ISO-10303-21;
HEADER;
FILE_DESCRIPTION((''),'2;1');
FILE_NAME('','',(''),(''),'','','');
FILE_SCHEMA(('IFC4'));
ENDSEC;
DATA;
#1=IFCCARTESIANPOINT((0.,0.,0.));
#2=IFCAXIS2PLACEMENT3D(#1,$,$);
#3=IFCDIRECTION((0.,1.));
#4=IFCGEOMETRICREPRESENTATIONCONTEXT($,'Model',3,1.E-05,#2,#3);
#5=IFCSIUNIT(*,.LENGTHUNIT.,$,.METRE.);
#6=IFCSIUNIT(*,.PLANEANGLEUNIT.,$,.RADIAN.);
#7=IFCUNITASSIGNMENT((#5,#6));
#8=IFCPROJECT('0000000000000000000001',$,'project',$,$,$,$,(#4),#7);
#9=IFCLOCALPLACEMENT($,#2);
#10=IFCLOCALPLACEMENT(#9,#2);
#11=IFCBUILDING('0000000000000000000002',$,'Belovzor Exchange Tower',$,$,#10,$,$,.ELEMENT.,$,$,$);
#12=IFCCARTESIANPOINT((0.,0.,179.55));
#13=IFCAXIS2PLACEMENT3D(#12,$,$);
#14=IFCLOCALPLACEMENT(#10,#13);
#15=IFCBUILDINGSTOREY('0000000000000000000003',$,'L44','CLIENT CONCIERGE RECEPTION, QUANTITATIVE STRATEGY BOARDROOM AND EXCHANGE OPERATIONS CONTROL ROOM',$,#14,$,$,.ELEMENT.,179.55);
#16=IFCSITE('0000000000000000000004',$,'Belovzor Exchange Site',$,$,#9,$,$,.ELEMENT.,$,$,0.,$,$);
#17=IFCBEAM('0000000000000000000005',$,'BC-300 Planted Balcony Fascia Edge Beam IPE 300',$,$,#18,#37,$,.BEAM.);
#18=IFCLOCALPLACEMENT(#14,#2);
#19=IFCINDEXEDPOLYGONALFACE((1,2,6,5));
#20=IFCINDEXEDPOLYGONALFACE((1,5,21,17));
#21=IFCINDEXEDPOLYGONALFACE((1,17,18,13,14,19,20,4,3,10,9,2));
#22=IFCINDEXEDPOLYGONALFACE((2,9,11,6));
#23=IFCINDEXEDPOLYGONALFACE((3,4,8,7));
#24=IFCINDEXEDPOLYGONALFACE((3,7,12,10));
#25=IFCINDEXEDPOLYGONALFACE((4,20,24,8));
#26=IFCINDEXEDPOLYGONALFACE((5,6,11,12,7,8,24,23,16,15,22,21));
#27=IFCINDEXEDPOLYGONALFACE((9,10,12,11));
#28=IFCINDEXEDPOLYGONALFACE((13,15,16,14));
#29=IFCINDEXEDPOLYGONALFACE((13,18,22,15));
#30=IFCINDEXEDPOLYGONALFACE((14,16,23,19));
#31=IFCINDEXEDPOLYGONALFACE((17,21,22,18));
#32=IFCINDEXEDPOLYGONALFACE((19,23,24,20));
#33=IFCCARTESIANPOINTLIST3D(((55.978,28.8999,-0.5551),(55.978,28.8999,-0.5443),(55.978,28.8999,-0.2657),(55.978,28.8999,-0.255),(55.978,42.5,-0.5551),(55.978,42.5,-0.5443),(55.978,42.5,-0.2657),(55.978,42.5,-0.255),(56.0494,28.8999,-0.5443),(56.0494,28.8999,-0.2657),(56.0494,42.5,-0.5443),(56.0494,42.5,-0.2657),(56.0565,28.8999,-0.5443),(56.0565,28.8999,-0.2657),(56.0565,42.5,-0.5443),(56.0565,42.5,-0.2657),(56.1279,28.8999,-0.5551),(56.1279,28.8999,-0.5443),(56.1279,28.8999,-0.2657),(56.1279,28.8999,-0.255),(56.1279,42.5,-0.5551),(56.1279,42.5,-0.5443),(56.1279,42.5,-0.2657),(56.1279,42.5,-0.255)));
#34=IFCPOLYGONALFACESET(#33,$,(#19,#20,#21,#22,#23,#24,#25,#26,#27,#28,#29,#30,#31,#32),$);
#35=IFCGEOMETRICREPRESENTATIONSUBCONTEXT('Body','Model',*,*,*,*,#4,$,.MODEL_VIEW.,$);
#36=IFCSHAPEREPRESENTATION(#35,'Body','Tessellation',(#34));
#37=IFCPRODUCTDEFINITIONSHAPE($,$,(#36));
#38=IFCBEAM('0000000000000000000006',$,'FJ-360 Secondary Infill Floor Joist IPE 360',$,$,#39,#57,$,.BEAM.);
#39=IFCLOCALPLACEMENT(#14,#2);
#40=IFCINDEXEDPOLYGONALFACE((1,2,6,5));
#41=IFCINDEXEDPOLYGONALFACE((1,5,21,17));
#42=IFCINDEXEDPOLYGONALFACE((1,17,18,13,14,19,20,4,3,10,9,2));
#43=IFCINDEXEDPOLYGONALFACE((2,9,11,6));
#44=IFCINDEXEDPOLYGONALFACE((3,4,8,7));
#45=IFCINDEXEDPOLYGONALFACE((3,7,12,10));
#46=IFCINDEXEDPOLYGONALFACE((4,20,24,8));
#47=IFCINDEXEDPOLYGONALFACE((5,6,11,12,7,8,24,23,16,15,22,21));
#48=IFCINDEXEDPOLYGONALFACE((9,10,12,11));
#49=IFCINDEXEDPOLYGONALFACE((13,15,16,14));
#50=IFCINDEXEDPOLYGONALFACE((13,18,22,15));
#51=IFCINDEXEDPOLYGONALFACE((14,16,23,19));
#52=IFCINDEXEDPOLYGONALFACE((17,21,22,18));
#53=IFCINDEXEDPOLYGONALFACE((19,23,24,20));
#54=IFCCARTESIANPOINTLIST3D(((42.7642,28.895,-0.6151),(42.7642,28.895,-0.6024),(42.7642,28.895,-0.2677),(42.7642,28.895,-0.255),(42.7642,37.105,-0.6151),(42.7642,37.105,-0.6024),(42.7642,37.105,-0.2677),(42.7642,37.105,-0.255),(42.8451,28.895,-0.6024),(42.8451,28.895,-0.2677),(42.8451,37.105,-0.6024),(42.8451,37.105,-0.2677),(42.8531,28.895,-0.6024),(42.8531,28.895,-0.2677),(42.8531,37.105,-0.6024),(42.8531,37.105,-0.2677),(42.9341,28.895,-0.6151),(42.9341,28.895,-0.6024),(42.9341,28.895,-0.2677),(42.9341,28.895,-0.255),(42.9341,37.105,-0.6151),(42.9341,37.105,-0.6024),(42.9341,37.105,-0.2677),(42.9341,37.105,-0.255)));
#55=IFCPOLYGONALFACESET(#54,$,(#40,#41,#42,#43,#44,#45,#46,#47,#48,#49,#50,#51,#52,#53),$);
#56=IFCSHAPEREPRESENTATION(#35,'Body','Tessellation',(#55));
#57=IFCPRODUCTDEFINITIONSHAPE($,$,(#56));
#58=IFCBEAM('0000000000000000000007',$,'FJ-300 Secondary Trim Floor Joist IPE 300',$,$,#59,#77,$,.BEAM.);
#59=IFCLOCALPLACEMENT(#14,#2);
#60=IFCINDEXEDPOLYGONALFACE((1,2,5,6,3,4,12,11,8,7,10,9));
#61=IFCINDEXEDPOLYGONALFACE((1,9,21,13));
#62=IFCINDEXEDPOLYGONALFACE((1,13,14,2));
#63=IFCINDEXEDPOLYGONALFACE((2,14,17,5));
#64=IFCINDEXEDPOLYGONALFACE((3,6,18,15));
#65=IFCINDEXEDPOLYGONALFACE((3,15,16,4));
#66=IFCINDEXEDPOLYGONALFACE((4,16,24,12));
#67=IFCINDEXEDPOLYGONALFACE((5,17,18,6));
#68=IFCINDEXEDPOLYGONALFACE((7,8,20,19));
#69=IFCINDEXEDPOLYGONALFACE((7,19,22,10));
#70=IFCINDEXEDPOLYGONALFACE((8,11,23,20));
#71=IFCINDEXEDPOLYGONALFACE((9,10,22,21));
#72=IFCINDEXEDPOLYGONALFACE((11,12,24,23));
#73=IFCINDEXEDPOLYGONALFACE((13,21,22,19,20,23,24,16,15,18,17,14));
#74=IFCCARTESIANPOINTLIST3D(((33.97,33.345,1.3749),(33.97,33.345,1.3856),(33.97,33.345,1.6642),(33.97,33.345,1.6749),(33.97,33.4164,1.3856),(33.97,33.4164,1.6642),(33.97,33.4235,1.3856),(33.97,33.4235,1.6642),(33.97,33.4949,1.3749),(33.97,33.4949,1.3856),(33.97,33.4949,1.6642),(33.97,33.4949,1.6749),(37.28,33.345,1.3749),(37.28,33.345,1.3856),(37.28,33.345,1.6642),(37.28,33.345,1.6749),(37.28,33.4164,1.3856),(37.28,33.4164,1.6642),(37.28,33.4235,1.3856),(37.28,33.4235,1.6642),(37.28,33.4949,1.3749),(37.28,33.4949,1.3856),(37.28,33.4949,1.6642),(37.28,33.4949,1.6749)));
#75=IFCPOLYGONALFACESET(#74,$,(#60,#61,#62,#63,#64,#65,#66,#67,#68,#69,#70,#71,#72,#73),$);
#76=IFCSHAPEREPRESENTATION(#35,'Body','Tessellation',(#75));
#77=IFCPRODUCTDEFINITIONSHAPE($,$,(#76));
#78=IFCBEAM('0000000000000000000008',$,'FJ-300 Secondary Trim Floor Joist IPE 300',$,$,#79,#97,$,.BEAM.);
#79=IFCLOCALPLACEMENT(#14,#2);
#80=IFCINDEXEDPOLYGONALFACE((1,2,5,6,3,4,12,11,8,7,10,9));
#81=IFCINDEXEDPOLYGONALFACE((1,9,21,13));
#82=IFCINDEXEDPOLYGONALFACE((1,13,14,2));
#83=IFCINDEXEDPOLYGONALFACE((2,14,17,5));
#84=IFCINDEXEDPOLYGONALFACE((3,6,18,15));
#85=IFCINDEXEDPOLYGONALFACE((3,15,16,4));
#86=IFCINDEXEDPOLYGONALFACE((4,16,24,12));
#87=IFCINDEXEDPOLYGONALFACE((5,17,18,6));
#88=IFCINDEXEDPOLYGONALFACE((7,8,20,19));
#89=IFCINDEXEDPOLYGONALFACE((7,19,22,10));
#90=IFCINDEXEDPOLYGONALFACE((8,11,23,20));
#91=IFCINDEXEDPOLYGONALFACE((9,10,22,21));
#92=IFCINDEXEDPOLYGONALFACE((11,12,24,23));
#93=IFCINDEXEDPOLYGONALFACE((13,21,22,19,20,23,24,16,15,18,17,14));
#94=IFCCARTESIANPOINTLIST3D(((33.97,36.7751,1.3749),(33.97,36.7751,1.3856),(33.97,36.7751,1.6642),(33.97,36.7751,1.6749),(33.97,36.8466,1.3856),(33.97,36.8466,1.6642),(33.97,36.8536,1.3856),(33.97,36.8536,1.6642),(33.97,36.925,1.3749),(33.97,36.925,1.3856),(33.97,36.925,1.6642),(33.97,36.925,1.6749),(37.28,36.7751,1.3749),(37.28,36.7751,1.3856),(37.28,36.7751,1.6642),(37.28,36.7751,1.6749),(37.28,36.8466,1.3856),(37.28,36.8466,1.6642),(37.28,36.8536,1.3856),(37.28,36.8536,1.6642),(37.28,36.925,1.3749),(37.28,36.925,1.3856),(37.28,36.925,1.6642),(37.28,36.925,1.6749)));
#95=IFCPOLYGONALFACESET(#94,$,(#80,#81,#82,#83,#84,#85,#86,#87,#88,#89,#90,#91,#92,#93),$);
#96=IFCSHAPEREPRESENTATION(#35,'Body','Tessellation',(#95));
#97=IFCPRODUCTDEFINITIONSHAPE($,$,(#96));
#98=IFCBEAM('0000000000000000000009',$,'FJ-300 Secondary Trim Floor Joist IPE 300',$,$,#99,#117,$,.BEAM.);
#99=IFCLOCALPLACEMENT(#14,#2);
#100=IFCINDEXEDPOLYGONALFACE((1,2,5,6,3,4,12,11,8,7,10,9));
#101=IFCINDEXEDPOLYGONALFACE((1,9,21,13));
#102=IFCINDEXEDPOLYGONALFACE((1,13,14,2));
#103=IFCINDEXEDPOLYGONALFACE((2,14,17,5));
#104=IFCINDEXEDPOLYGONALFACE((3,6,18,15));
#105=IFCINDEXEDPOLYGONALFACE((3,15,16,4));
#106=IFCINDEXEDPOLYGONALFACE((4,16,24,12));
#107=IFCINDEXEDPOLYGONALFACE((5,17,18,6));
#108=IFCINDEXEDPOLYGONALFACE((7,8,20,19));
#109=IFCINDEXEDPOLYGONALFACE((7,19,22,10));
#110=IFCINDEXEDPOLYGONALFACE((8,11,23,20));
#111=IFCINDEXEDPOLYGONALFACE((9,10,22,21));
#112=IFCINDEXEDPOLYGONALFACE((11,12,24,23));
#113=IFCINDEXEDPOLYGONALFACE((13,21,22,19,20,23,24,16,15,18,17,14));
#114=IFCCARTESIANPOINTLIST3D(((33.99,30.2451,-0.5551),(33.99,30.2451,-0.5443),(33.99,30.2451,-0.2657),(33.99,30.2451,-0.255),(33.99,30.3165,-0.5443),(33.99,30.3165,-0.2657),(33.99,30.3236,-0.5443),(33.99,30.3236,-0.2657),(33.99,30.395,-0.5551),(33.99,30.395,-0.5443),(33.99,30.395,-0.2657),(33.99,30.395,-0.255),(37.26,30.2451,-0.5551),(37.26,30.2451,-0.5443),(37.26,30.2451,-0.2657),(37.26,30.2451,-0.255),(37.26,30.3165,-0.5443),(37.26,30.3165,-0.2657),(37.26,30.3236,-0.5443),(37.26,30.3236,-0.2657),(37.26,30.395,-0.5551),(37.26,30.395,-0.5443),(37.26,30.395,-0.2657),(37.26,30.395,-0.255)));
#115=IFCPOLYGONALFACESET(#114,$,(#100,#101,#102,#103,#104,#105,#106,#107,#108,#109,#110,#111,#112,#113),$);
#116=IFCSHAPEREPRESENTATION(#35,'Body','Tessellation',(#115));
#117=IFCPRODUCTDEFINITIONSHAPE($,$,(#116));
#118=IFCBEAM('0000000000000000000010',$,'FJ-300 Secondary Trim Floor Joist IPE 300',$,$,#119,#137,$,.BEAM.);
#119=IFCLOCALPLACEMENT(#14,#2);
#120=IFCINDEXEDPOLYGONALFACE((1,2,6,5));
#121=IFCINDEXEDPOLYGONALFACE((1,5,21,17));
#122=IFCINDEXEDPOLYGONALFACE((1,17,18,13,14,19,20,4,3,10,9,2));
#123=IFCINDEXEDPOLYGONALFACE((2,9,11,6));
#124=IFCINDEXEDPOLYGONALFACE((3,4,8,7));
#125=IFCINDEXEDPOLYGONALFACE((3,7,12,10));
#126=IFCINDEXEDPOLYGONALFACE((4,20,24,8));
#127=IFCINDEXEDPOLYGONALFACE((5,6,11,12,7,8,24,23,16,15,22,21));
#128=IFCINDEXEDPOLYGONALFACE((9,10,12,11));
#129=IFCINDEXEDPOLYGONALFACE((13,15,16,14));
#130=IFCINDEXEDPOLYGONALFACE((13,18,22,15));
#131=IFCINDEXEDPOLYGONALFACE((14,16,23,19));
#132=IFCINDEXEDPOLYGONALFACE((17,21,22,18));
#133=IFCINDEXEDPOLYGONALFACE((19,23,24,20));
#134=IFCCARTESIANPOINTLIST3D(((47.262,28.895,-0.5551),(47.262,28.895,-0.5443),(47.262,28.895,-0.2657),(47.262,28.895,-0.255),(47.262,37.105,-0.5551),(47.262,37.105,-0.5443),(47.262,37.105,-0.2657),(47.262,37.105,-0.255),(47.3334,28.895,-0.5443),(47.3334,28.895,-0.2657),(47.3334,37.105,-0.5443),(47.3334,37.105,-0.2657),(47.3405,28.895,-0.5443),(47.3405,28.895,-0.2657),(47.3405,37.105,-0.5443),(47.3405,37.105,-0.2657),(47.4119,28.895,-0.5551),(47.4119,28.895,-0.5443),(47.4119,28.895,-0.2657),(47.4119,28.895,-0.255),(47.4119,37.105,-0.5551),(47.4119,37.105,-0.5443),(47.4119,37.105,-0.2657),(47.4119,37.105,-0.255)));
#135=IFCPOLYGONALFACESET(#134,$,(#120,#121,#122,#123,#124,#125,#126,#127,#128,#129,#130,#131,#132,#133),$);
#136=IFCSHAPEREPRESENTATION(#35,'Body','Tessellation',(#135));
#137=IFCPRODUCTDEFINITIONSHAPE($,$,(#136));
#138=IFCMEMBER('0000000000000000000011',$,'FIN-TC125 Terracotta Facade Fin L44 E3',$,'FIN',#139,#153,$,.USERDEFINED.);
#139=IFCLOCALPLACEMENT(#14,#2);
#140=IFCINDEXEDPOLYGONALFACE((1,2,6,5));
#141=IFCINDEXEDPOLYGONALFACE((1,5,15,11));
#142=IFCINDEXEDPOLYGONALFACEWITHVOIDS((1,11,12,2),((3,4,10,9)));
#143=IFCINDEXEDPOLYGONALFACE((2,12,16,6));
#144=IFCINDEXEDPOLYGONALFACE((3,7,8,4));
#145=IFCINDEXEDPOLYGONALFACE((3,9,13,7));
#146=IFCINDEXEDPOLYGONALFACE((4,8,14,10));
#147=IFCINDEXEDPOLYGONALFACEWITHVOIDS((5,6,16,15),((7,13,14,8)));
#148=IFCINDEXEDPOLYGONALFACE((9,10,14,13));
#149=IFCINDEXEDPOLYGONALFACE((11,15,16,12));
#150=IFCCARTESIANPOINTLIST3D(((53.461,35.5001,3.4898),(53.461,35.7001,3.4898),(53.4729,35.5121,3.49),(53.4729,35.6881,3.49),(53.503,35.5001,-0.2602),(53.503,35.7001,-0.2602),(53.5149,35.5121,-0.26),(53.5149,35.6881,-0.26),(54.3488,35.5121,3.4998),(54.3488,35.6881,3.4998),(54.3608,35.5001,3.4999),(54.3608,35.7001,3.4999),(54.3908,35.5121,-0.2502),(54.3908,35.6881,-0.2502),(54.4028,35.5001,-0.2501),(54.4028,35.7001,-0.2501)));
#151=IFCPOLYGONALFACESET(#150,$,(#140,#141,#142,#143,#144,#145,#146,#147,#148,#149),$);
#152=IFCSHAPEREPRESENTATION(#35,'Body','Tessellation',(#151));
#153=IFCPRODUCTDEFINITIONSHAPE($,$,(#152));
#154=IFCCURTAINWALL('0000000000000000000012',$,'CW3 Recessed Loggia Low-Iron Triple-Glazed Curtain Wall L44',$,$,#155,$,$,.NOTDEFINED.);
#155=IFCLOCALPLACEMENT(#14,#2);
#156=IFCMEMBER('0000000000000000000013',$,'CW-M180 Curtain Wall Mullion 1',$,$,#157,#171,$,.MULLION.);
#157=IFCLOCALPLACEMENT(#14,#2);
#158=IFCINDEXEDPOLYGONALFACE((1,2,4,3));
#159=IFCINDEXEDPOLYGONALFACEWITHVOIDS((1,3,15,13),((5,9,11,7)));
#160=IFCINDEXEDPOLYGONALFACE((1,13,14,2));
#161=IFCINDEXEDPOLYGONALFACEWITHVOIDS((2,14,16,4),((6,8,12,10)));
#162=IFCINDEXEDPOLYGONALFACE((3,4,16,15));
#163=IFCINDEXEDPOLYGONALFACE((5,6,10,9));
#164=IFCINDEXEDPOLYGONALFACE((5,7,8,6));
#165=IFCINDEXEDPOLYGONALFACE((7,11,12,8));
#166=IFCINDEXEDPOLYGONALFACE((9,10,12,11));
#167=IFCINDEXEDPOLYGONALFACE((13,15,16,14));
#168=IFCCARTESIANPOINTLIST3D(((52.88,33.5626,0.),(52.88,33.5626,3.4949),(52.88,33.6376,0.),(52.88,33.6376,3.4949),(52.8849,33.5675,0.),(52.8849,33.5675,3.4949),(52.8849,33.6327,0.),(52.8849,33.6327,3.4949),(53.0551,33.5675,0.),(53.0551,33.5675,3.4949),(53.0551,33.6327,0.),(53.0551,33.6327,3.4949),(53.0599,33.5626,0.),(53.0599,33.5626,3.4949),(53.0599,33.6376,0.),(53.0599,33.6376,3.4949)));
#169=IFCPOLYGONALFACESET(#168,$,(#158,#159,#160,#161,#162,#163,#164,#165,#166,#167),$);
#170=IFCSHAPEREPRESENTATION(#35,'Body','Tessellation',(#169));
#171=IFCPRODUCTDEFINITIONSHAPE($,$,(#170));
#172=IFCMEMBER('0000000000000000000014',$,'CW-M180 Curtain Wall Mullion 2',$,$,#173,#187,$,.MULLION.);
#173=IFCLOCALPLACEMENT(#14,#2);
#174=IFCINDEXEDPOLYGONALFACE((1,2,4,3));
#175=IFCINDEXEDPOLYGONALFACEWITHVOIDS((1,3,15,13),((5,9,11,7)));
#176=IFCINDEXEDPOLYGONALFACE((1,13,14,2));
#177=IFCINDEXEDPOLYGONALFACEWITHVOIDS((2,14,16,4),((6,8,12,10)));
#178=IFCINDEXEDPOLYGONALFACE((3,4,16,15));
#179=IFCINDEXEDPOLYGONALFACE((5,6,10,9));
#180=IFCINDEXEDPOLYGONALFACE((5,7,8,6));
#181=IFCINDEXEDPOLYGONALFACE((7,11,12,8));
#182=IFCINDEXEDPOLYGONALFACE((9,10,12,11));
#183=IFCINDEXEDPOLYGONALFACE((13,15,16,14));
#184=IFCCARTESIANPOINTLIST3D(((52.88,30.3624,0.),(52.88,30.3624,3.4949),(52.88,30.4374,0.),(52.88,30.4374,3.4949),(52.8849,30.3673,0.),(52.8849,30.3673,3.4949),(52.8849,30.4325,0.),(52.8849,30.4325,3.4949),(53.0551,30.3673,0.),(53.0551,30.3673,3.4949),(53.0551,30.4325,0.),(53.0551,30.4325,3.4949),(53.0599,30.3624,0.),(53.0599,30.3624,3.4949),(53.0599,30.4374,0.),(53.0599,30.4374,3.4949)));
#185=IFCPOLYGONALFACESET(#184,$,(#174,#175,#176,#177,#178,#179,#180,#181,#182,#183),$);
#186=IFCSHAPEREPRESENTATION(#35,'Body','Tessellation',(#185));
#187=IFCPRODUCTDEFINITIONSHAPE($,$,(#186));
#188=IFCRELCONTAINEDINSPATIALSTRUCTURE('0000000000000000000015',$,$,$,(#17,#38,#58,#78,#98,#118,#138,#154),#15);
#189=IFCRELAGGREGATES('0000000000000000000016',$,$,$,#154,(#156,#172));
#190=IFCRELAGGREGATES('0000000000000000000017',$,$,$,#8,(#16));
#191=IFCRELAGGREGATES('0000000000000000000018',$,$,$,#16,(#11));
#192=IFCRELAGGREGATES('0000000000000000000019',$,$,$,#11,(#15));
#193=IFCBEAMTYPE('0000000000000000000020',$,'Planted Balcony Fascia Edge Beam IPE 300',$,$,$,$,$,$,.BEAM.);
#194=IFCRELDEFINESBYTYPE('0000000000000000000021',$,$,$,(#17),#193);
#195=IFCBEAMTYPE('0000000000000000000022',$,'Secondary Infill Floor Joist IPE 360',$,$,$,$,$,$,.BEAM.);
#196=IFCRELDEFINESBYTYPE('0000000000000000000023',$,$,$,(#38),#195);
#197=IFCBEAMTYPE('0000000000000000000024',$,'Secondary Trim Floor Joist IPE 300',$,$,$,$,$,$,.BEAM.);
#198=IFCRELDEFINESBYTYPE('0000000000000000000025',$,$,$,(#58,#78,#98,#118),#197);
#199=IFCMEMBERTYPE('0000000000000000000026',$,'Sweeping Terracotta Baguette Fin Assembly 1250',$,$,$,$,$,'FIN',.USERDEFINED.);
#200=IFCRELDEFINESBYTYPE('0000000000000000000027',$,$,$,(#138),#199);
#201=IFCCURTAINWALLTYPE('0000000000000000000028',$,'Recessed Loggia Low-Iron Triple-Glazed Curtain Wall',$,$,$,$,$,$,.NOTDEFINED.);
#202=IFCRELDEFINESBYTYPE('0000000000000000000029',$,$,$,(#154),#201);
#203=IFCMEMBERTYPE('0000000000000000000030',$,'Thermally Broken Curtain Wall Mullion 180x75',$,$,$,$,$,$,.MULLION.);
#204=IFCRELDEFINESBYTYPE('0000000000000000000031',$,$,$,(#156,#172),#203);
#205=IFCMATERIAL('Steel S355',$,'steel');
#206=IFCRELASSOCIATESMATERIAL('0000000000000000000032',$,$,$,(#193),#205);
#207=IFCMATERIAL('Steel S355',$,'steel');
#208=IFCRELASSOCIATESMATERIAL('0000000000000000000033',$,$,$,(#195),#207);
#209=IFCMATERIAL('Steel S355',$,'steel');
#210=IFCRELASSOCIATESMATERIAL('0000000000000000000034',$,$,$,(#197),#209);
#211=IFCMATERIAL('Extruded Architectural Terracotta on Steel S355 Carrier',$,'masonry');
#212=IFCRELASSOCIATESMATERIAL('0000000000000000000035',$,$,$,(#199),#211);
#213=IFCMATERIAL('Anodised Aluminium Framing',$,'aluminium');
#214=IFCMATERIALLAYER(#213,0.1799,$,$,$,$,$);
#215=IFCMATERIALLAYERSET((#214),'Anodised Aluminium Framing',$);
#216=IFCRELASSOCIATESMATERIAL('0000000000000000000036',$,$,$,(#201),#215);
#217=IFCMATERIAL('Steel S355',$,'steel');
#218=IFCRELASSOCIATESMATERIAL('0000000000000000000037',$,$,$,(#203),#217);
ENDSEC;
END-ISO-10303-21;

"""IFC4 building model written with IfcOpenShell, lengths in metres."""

from ifc_helpers import new_model, si_unit, direction, frame, origin, origin_2d, place, context, subcontext, project, spatial, hollow_rectangle, i_section, extrude, material, layer, layer_set, material_profile, profile_set, type_object, element, aggregate, save


model = new_model("IFC4")

# Units and contexts
model_context = context("Model", 3, precision=1e-05, world=origin(), true_north=direction((0.0, 1.0)))
body_context = subcontext(model_context, "Body", "Model", "MODEL_VIEW")
ifc_project = project(units=[si_unit("LENGTHUNIT", "METRE"), si_unit("PLANEANGLEUNIT", "RADIAN")], contexts=[model_context])

# Site, building, storey
site_placement = place(None, origin())
site = spatial("IfcSite", under=ifc_project, at=site_placement, Name="Belovzor Exchange Site", CompositionType="ELEMENT", RefElevation=0.0)
building_placement = place(site_placement, origin())
building = spatial("IfcBuilding", under=site, at=building_placement, Name="Belovzor Exchange Tower", CompositionType="ELEMENT")
storey_placement = place(building_placement, frame((0.0, 0.0, 179.55)))
storey = spatial("IfcBuildingStorey", under=building, at=storey_placement, Name="L44", Description="CLIENT CONCIERGE RECEPTION, QUANTITATIVE STRATEGY BOARDROOM AND EXCHANGE OPERATIONS CONTROL ROOM", CompositionType="ELEMENT", Elevation=179.55)

# Beams
ifc_material_1 = material(Name="Steel S355", Category="steel")
ifc_material_profile_1 = material_profile(ifc_material_1, i_section(OverallWidth=0.1499, OverallDepth=0.3, WebThickness=0.0071, FlangeThickness=0.0107, at=origin_2d()))
ifc_profile_set_1 = profile_set([ifc_material_profile_1], Name="Steel S355")
beam_type_1 = type_object("IfcBeamType", Name="Planted Balcony Fascia Edge Beam IPE 300", PredefinedType="BEAM", material=ifc_profile_set_1)
beam_1_placement = place(storey_placement, frame((56.053, 28.8999, -0.405), z_axis=(0.0, 1.0, 0.0), x_axis=(-1.0, 0.0, 0.0)))
element("IfcBeam", 1, at=beam_1_placement, inside=storey, type_object=beam_type_1, Name="BC-300 Planted Balcony Fascia Edge Beam IPE 300", PredefinedType="BEAM", context=body_context, shape_type="SweptSolid", body=[
    extrude(i_section(OverallWidth=0.1499, OverallDepth=0.3, WebThickness=0.0071, FlangeThickness=0.0107, at=origin_2d()), origin(), (0.0, 0.0, 1.0), 13.6001),
])
ifc_material_2 = material(Name="Steel S355", Category="steel")
ifc_material_profile_2 = material_profile(ifc_material_2, i_section(OverallWidth=0.1699, OverallDepth=0.3601, WebThickness=0.0081, FlangeThickness=0.0127, at=origin_2d()))
ifc_profile_set_2 = profile_set([ifc_material_profile_2], Name="Steel S355")
beam_type_2 = type_object("IfcBeamType", Name="Secondary Infill Floor Joist IPE 360", PredefinedType="BEAM", material=ifc_profile_set_2)
beam_2_placement = place(storey_placement, frame((42.8491, 28.895, -0.4351), z_axis=(0.0, 1.0, 0.0), x_axis=(-1.0, 0.0, 0.0)))
element("IfcBeam", 2, at=beam_2_placement, inside=storey, type_object=beam_type_2, Name="FJ-360 Secondary Infill Floor Joist IPE 360", PredefinedType="BEAM", context=body_context, shape_type="SweptSolid", body=[
    extrude(i_section(OverallWidth=0.1699, OverallDepth=0.3601, WebThickness=0.0081, FlangeThickness=0.0127, at=origin_2d()), origin(), (0.0, 0.0, 1.0), 8.21),
])
ifc_material_3 = material(Name="Steel S355", Category="steel")
ifc_material_profile_3 = material_profile(ifc_material_3, i_section(OverallWidth=0.1499, OverallDepth=0.3, WebThickness=0.0071, FlangeThickness=0.0107, at=origin_2d()))
ifc_profile_set_3 = profile_set([ifc_material_profile_3], Name="Steel S355")
beam_type_3 = type_object("IfcBeamType", Name="Secondary Trim Floor Joist IPE 300", PredefinedType="BEAM", material=ifc_profile_set_3)
for number, where, z_axis, x_axis, name in (
    (3, (37.28, 33.4199, 1.5249), (-1.0, 0.0, 0.0), (0.0, -1.0, 0.0), "FJ-300 Secondary Trim Floor Joist IPE 300"),
    (4, (37.28, 36.8501, 1.5249), (-1.0, 0.0, 0.0), (0.0, -1.0, 0.0), "FJ-300 Secondary Trim Floor Joist IPE 300"),
):
    element("IfcBeam", number, at=place(storey_placement, frame(where, z_axis=z_axis, x_axis=x_axis)), inside=storey, type_object=beam_type_3, Name=name, PredefinedType="BEAM", context=body_context, shape_type="SweptSolid", body=[
        extrude(i_section(OverallWidth=0.1499, OverallDepth=0.3, WebThickness=0.0071, FlangeThickness=0.0107, at=origin_2d()), origin(), (0.0, 0.0, 1.0), 3.3101),
    ])
beam_3_placement = place(storey_placement, frame((37.26, 30.3201, -0.405), z_axis=(-1.0, 0.0, 0.0), x_axis=(0.0, -1.0, 0.0)))
element("IfcBeam", 5, at=beam_3_placement, inside=storey, type_object=beam_type_3, Name="FJ-300 Secondary Trim Floor Joist IPE 300", PredefinedType="BEAM", context=body_context, shape_type="SweptSolid", body=[
    extrude(i_section(OverallWidth=0.1499, OverallDepth=0.3, WebThickness=0.0071, FlangeThickness=0.0107, at=origin_2d()), origin(), (0.0, 0.0, 1.0), 3.27),
])
beam_4_placement = place(storey_placement, frame((47.3369, 28.895, -0.405), z_axis=(0.0, 1.0, 0.0), x_axis=(-1.0, 0.0, 0.0)))
element("IfcBeam", 6, at=beam_4_placement, inside=storey, type_object=beam_type_3, Name="FJ-300 Secondary Trim Floor Joist IPE 300", PredefinedType="BEAM", context=body_context, shape_type="SweptSolid", body=[
    extrude(i_section(OverallWidth=0.1499, OverallDepth=0.3, WebThickness=0.0071, FlangeThickness=0.0107, at=origin_2d()), origin(), (0.0, 0.0, 1.0), 8.21),
])

# Member
ifc_material_4 = material(Name="Extruded Architectural Terracotta on Steel S355 Carrier", Category="masonry")
ifc_material_profile_4 = material_profile(ifc_material_4, hollow_rectangle(XDim=0.2, YDim=0.8999, WallThickness=0.012, at=origin_2d()))
ifc_profile_set_4 = profile_set([ifc_material_profile_4], Name="Extruded Architectural Terracotta on Steel S355 Carrier")
member_type_1 = type_object("IfcMemberType", Name="Sweeping Terracotta Baguette Fin Assembly 1250", ElementType="FIN", PredefinedType="USERDEFINED", material=ifc_profile_set_4)
member_1_placement = place(storey_placement, frame((53.9529, 35.6001, -0.2551), z_axis=(-0.011197, 0.0, 0.999937), x_axis=(0.0, -1.0, 0.0)))
element("IfcMember", 7, at=member_1_placement, inside=storey, type_object=member_type_1, Name="FIN-TC125 Terracotta Facade Fin L44 E3", ObjectType="FIN", PredefinedType="USERDEFINED", context=body_context, shape_type="SweptSolid", body=[
    extrude(hollow_rectangle(XDim=0.2, YDim=0.8999, WallThickness=0.012, at=origin_2d()), origin(), (0.0, 0.0, 1.0), 3.7502),
])

# Curtain wall, members
ifc_material_5 = material(Name="Anodised Aluminium Framing", Category="aluminium")
ifc_layer_1 = layer(ifc_material_5, 0.1799)
ifc_layer_set_1 = layer_set([ifc_layer_1], Name="Anodised Aluminium Framing")
curtain_wall_type = type_object("IfcCurtainWallType", Name="Recessed Loggia Low-Iron Triple-Glazed Curtain Wall", PredefinedType="NOTDEFINED", material=ifc_layer_set_1)
curtain_wall_placement = place(storey_placement, origin())
curtain_wall = element("IfcCurtainWall", 8, at=curtain_wall_placement, inside=storey, type_object=curtain_wall_type, Name="CW3 Recessed Loggia Low-Iron Triple-Glazed Curtain Wall L44", PredefinedType="NOTDEFINED")
ifc_material_6 = material(Name="Steel S355", Category="steel")
ifc_material_profile_5 = material_profile(ifc_material_6, hollow_rectangle(XDim=0.075, YDim=0.1799, WallThickness=0.0049, at=origin_2d()))
ifc_profile_set_5 = profile_set([ifc_material_profile_5], Name="Steel S355")
member_type_2 = type_object("IfcMemberType", Name="Thermally Broken Curtain Wall Mullion 180x75", PredefinedType="MULLION", material=ifc_profile_set_5)
member_2_placement = place(storey_placement, frame((52.97, 33.6001, 0.0), z_axis=(0.0, 0.0, 1.0), x_axis=(0.0, -1.0, 0.0)))
member_2 = element("IfcMember", 9, at=member_2_placement, type_object=member_type_2, Name="CW-M180 Curtain Wall Mullion 1", PredefinedType="MULLION", context=body_context, shape_type="SweptSolid", body=[
    extrude(hollow_rectangle(XDim=0.075, YDim=0.1799, WallThickness=0.0049, at=origin_2d()), origin(), (0.0, 0.0, 1.0), 3.4949),
])
member_3_placement = place(storey_placement, frame((52.97, 30.3999, 0.0), z_axis=(0.0, 0.0, 1.0), x_axis=(0.0, -1.0, 0.0)))
member_3 = element("IfcMember", 10, at=member_3_placement, type_object=member_type_2, Name="CW-M180 Curtain Wall Mullion 2", PredefinedType="MULLION", context=body_context, shape_type="SweptSolid", body=[
    extrude(hollow_rectangle(XDim=0.075, YDim=0.1799, WallThickness=0.0049, at=origin_2d()), origin(), (0.0, 0.0, 1.0), 3.4949),
])

aggregate(curtain_wall, [member_2, member_3])

save(model, "model.ifc")
